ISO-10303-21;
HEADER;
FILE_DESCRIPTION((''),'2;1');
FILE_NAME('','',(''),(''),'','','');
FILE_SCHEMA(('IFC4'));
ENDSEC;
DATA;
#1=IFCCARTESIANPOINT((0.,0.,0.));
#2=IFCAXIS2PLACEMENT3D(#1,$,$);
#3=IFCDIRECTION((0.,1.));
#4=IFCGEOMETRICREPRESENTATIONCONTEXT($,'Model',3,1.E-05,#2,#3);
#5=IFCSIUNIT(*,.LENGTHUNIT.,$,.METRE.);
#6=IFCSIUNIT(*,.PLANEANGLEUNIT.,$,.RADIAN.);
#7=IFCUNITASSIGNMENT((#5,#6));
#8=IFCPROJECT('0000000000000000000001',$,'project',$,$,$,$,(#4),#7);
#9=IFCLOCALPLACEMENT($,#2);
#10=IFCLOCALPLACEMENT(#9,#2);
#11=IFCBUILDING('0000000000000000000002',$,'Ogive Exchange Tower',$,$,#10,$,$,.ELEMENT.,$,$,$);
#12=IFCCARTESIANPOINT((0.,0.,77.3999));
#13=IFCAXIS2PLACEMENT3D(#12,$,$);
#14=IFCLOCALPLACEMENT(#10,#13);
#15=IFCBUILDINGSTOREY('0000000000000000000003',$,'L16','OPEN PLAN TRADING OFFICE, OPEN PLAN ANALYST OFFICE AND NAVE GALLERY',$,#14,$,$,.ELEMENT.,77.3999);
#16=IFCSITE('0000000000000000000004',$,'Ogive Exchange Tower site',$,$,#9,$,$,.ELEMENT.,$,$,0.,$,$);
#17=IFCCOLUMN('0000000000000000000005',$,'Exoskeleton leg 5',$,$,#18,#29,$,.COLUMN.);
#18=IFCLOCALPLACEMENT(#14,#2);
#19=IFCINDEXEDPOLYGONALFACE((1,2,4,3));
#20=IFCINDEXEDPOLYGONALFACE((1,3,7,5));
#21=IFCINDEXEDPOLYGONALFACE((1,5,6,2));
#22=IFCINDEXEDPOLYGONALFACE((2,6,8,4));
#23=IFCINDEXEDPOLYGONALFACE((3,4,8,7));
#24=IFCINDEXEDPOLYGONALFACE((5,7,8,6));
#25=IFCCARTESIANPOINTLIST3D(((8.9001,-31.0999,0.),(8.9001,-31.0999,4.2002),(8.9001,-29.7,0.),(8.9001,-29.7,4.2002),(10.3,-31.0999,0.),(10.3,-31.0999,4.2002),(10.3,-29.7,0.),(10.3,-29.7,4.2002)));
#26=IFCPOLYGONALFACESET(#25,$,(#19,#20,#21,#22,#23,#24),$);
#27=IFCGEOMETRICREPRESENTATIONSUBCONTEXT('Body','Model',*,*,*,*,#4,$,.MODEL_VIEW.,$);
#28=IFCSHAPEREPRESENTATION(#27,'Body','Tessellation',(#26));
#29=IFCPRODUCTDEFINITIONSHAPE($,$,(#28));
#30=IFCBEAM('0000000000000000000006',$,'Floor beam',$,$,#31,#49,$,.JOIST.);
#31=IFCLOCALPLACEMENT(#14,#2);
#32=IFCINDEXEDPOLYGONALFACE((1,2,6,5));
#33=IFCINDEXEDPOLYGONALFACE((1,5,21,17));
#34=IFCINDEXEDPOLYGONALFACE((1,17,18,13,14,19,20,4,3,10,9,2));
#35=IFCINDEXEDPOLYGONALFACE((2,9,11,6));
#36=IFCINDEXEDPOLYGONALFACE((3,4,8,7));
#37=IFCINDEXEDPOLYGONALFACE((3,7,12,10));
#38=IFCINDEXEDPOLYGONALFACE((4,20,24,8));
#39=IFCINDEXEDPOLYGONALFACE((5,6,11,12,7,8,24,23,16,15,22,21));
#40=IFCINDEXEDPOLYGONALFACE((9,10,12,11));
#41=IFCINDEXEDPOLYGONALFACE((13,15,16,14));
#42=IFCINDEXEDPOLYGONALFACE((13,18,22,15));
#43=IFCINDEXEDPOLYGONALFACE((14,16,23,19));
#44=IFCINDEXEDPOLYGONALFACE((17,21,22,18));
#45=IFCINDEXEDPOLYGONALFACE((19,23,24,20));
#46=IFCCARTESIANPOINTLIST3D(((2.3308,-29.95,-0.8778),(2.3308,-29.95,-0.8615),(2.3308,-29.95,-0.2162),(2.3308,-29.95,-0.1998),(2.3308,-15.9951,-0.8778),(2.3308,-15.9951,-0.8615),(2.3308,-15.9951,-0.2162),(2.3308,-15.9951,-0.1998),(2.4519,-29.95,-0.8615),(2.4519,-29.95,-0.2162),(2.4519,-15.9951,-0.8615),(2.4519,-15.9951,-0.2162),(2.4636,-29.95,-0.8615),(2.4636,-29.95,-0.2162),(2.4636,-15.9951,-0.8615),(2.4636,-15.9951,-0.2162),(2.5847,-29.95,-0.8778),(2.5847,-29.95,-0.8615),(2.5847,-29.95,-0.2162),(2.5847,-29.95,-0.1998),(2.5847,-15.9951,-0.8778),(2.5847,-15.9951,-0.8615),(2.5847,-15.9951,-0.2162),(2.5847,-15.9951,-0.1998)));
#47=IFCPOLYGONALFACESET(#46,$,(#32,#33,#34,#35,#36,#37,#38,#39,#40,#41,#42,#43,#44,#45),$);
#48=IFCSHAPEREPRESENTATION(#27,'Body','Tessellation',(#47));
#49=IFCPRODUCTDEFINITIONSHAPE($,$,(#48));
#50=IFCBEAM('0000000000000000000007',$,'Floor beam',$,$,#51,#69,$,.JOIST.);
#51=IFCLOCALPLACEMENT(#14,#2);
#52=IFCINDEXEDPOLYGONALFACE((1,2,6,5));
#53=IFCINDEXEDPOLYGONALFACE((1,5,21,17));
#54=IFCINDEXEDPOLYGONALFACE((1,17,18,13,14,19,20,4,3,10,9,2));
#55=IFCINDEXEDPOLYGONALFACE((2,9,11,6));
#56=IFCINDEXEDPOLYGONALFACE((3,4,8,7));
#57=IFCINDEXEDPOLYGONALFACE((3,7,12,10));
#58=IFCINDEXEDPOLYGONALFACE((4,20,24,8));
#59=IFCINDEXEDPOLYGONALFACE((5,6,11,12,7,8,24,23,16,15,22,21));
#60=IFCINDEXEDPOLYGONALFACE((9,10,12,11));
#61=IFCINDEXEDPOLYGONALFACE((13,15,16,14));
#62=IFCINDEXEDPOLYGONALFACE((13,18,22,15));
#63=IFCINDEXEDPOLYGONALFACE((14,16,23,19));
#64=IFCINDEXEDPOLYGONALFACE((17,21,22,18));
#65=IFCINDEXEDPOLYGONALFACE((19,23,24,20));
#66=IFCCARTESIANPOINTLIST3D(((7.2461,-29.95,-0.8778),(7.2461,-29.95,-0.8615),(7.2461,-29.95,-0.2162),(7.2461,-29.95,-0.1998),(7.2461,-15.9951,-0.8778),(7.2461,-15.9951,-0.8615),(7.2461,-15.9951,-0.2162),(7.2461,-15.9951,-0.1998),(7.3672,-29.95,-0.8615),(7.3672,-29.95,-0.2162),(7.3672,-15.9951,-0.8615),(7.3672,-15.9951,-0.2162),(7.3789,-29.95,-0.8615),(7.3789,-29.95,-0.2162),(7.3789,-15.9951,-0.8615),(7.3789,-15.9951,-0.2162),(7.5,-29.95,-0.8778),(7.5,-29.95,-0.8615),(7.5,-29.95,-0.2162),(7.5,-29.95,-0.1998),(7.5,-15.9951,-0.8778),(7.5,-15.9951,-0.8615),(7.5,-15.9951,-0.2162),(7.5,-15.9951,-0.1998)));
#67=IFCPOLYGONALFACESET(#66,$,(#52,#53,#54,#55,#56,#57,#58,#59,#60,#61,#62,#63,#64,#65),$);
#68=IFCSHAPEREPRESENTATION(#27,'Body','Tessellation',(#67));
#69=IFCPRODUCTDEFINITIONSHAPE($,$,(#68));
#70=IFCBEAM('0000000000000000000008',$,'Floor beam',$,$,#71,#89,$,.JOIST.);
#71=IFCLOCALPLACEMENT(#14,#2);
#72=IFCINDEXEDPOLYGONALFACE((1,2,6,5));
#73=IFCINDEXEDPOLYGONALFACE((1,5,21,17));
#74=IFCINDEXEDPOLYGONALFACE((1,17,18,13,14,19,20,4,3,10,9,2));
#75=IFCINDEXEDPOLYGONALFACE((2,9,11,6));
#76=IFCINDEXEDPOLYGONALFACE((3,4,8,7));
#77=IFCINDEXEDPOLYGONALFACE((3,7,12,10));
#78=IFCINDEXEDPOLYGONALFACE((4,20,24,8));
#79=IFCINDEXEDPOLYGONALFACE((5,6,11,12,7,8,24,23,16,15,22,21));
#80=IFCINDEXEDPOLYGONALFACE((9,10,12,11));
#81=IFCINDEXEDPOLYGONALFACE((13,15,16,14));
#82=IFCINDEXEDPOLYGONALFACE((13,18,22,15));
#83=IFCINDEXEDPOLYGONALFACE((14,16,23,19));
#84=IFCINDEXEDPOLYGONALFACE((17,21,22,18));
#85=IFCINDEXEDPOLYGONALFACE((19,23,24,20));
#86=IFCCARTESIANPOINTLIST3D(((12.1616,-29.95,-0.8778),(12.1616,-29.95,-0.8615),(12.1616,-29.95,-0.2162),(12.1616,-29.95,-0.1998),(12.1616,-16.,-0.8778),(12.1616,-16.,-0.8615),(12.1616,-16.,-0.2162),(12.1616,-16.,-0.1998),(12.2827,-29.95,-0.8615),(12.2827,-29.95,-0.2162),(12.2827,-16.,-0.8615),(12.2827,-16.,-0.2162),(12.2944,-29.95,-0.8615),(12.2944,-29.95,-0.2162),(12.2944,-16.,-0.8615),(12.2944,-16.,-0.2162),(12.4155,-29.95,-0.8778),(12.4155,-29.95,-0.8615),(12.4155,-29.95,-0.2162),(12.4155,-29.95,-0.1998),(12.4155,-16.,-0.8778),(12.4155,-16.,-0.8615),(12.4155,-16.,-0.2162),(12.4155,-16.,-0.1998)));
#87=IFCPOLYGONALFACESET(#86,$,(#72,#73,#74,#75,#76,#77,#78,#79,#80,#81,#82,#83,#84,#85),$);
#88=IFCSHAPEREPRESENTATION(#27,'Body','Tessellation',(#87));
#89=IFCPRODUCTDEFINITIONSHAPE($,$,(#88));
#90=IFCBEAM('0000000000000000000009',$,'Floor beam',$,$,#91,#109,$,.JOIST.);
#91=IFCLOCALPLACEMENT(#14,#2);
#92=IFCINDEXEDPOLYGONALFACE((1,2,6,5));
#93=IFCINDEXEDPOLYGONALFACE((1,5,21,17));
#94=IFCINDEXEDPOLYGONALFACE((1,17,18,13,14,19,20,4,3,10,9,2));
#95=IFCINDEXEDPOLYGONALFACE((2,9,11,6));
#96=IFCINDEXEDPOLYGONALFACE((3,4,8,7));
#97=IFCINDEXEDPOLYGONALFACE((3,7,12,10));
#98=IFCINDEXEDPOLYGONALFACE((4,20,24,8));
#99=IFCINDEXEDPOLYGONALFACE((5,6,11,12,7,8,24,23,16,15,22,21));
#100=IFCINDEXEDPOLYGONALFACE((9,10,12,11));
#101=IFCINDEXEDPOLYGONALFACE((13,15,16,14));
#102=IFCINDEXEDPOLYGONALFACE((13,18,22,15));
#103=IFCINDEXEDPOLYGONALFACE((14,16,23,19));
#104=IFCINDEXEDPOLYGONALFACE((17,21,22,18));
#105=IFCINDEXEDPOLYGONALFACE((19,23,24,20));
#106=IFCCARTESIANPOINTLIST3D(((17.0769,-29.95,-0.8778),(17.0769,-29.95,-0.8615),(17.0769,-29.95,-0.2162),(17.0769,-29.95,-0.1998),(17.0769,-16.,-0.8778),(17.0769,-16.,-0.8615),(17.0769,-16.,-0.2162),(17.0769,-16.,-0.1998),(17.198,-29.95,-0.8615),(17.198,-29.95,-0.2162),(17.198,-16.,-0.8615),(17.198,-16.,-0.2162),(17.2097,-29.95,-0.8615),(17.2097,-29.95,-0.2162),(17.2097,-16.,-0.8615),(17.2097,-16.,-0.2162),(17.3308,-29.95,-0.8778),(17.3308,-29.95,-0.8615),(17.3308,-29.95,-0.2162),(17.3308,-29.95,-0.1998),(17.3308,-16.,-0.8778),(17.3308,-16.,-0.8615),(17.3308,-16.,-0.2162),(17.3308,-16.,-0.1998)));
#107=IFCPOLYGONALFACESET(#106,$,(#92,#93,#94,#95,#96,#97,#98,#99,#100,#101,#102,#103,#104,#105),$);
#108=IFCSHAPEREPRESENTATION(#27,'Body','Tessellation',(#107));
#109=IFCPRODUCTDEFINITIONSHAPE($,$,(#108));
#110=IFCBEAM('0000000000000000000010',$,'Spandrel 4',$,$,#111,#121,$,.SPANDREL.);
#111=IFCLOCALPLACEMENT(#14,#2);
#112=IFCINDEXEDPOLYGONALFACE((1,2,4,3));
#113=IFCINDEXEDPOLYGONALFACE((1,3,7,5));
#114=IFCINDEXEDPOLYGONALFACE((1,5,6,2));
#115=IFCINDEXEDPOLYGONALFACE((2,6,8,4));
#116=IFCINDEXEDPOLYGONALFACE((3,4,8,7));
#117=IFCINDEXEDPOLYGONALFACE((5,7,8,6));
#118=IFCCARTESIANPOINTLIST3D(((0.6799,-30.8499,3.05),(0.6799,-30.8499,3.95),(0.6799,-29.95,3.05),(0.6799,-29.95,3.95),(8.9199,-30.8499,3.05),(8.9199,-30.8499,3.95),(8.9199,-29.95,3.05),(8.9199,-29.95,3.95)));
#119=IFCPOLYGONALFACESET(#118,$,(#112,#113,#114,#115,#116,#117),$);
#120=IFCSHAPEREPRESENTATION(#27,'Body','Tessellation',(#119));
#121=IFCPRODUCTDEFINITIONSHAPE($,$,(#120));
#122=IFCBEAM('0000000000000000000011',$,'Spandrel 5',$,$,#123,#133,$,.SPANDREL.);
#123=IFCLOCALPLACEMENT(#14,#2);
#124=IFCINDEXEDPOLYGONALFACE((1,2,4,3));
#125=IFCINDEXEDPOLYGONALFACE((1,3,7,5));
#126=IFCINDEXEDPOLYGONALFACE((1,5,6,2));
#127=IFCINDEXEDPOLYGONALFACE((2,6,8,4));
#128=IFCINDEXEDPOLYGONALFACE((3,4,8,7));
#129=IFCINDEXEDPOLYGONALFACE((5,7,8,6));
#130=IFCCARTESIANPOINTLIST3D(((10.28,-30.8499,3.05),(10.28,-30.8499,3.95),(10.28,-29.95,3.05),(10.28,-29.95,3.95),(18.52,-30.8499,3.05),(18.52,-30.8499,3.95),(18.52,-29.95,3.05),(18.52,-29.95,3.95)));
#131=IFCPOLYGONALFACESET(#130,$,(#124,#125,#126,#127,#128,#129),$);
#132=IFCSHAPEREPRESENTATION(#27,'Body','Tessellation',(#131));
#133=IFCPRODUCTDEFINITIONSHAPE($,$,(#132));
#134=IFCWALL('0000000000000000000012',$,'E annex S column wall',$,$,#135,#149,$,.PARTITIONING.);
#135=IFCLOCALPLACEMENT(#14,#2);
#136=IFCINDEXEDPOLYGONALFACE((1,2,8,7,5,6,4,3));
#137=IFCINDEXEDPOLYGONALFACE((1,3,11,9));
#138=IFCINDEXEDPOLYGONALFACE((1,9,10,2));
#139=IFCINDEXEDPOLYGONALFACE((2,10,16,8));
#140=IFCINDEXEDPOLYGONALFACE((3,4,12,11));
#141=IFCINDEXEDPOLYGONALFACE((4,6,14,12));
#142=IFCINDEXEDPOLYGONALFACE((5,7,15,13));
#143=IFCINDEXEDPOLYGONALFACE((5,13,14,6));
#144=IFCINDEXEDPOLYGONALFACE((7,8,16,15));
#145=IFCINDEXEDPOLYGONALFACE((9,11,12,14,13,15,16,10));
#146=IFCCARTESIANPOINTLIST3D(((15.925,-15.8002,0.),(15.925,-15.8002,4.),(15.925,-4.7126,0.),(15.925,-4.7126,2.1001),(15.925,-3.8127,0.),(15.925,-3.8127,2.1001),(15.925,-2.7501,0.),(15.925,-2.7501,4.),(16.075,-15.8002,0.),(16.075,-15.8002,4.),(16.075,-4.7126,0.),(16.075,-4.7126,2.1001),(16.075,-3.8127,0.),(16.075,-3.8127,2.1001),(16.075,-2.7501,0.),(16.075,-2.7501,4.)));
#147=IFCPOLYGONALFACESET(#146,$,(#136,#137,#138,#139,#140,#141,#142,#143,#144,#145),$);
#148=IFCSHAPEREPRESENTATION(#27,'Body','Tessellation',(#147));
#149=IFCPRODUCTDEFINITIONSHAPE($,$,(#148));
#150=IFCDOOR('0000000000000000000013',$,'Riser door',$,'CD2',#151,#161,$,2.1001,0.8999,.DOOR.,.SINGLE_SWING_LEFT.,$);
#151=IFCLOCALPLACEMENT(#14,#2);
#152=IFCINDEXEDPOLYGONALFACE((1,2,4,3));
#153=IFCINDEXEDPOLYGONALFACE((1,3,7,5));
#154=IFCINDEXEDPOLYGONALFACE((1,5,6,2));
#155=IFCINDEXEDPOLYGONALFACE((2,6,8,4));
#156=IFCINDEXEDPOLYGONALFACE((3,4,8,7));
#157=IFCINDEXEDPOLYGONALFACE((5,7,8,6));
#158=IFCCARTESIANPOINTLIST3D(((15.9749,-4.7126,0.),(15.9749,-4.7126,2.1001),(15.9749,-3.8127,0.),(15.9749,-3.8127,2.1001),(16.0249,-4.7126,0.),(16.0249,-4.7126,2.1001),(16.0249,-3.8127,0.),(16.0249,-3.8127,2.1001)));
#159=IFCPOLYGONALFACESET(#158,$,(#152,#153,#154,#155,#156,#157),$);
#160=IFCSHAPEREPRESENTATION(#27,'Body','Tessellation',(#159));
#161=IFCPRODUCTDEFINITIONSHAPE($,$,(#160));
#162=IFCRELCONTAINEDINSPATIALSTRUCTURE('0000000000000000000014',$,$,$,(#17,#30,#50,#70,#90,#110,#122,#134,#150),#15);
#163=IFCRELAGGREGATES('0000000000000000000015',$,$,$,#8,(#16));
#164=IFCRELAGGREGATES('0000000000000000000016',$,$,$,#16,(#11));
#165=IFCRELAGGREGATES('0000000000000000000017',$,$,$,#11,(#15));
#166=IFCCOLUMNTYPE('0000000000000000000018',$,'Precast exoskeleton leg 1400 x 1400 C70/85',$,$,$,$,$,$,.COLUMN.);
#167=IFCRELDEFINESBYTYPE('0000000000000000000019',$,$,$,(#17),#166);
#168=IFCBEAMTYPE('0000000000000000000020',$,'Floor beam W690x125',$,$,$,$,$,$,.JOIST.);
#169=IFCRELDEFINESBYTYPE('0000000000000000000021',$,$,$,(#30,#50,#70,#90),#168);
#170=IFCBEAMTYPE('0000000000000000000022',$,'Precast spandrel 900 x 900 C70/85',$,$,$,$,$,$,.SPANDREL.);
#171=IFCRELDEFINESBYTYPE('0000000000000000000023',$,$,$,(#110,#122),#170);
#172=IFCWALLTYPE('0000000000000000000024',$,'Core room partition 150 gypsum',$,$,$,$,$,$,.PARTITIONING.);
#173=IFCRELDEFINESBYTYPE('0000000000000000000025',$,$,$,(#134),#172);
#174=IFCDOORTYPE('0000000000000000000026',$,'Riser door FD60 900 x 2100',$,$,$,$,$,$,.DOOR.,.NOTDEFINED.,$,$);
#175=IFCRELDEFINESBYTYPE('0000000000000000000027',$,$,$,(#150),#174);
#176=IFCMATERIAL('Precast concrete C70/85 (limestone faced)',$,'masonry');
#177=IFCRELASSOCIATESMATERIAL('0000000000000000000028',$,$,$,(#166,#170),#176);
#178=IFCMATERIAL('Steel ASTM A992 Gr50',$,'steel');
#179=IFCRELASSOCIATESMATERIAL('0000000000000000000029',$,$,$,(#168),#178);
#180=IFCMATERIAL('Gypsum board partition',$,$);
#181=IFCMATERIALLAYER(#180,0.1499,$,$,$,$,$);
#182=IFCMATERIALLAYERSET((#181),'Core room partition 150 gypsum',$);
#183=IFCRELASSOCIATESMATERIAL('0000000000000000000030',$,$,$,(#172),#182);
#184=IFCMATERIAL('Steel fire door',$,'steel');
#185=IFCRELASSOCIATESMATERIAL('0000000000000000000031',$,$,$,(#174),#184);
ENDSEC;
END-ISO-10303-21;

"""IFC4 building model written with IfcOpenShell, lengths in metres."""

from ifc_helpers import new_model, si_unit, direction, frame, frame_2d, origin, origin_2d, place, context, subcontext, project, spatial, rectangle, i_section, extrude, material, layer, layer_set, material_profile, profile_set, type_object, element, fill, save


model = new_model("IFC4")

# Units and contexts
model_context = context("Model", 3, precision=1e-05, world=origin(), true_north=direction((0.0, 1.0)))
body_context = subcontext(model_context, "Body", "Model", "MODEL_VIEW")
ifc_project = project(units=[si_unit("LENGTHUNIT", "METRE"), si_unit("PLANEANGLEUNIT", "RADIAN")], contexts=[model_context])

# Site, building, storey
site_placement = place(None, origin())
site = spatial("IfcSite", under=ifc_project, at=site_placement, Name="Ogive Exchange Tower site", CompositionType="ELEMENT", RefElevation=0.0)
building_placement = place(site_placement, origin())
building = spatial("IfcBuilding", under=site, at=building_placement, Name="Ogive Exchange Tower", CompositionType="ELEMENT")
storey_placement = place(building_placement, frame((0.0, 0.0, 77.3999)))
storey = spatial("IfcBuildingStorey", under=building, at=storey_placement, Name="L16", Description="OPEN PLAN TRADING OFFICE, OPEN PLAN ANALYST OFFICE AND NAVE GALLERY", CompositionType="ELEMENT", Elevation=77.3999)

# Column
ifc_material_1 = material(Name="Precast concrete C70/85 (limestone faced)", Category="masonry")
ifc_material_profile_1 = material_profile(ifc_material_1, rectangle(XDim=1.3999, YDim=1.3999, at=origin_2d()), Name="1400 x 1400")
ifc_profile_set_1 = profile_set([ifc_material_profile_1], Name="Precast concrete C70/85 (limestone faced)")
column_type = type_object("IfcColumnType", Name="Precast exoskeleton leg 1400 x 1400 C70/85", PredefinedType="COLUMN", material=ifc_profile_set_1)
column_placement = place(storey_placement, frame((9.6001, -30.3999, 0.0), z_axis=(0.0, 0.0, 1.0), x_axis=(1.0, 0.0, 0.0)))
element("IfcColumn", 1, at=column_placement, inside=storey, type_object=column_type, Name="Exoskeleton leg 5", PredefinedType="COLUMN", context=body_context, shape_type="SweptSolid", body=[
    extrude(rectangle(XDim=1.3999, YDim=1.3999, at=origin_2d()), origin(), (0.0, 0.0, 1.0), 4.2002),
])

# Beams
ifc_material_2 = material(Name="Steel ASTM A992 Gr50", Category="steel")
ifc_material_profile_2 = material_profile(ifc_material_2, i_section(OverallWidth=0.2539, OverallDepth=0.678, WebThickness=0.0117, FlangeThickness=0.0164, at=origin_2d()), Name="W690x125")
ifc_profile_set_2 = profile_set([ifc_material_profile_2], Name="Steel ASTM A992 Gr50")
beam_type_1 = type_object("IfcBeamType", Name="Floor beam W690x125", PredefinedType="JOIST", material=ifc_profile_set_2)
for number, where, z_axis, x_axis, name in (
    (2, (2.4578, -29.95, -0.5388), (0.0, 1.0, 0.0), (-1.0, 0.0, 0.0), "Floor beam"),
    (3, (7.373, -29.95, -0.5388), (0.0, 1.0, 0.0), (-1.0, 0.0, 0.0), "Floor beam"),
):
    element("IfcBeam", number, at=place(storey_placement, frame(where, z_axis=z_axis, x_axis=x_axis)), inside=storey, type_object=beam_type_1, Name=name, PredefinedType="JOIST", context=body_context, shape_type="SweptSolid", body=[
        extrude(i_section(OverallWidth=0.2539, OverallDepth=0.678, WebThickness=0.0117, FlangeThickness=0.0164, at=origin_2d()), origin(), (0.0, 0.0, 1.0), 13.9548),
    ])
for number, where, z_axis, x_axis, name in (
    (4, (12.2886, -29.95, -0.5388), (0.0, 1.0, 0.0), (-1.0, 0.0, 0.0), "Floor beam"),
    (5, (17.2039, -29.95, -0.5388), (0.0, 1.0, 0.0), (-1.0, 0.0, 0.0), "Floor beam"),
):
    element("IfcBeam", number, at=place(storey_placement, frame(where, z_axis=z_axis, x_axis=x_axis)), inside=storey, type_object=beam_type_1, Name=name, PredefinedType="JOIST", context=body_context, shape_type="SweptSolid", body=[
        extrude(i_section(OverallWidth=0.2539, OverallDepth=0.678, WebThickness=0.0117, FlangeThickness=0.0164, at=origin_2d()), origin(), (0.0, 0.0, 1.0), 13.95),
    ])
ifc_material_profile_3 = material_profile(ifc_material_1, rectangle(XDim=0.8999, YDim=0.8999, at=origin_2d()), Name="900 x 900")
ifc_profile_set_3 = profile_set([ifc_material_profile_3], Name="Precast concrete C70/85 (limestone faced)")
beam_type_2 = type_object("IfcBeamType", Name="Precast spandrel 900 x 900 C70/85", PredefinedType="SPANDREL", material=ifc_profile_set_3)
for number, where, z_axis, x_axis, name in (
    (6, (0.6799, -30.3999, 3.5), (1.0, 0.0, 0.0), (0.0, 1.0, 0.0), "Spandrel 4"),
    (7, (10.28, -30.3999, 3.5), (1.0, 0.0, 0.0), (0.0, 1.0, 0.0), "Spandrel 5"),
):
    element("IfcBeam", number, at=place(storey_placement, frame(where, z_axis=z_axis, x_axis=x_axis)), inside=storey, type_object=beam_type_2, Name=name, PredefinedType="SPANDREL", context=body_context, shape_type="SweptSolid", body=[
        extrude(rectangle(XDim=0.8999, YDim=0.8999, at=origin_2d()), origin(), (0.0, 0.0, 1.0), 8.24),
    ])

# Wall, opening, door
ifc_material_3 = material(Name="Gypsum board partition")
ifc_layer_1 = layer(ifc_material_3, 0.1499)
ifc_layer_set_1 = layer_set([ifc_layer_1], Name="Core room partition 150 gypsum")
wall_type_1 = type_object("IfcWallType", Name="Core room partition 150 gypsum", PredefinedType="PARTITIONING", material=ifc_layer_set_1)
wall_1_placement = place(storey_placement, frame((16.0, -15.8, 0.0), z_axis=(0.0, 0.0, 1.0), x_axis=(0.0, 1.0, 0.0)))
wall_1 = element("IfcWall", 8, at=wall_1_placement, inside=storey, type_object=wall_type_1, Name="E annex S column wall", PredefinedType="PARTITIONING", context=body_context, shape_type="SweptSolid", body=[
    extrude(rectangle(XDim=13.05, YDim=0.1499, at=frame_2d((6.5249, 0.0))), origin(), (0.0, 0.0, 1.0), 4.0),
])
opening_1_placement = place(wall_1_placement, frame((11.0874, 0.0, 0.0)))
opening_1 = element("IfcOpeningElement", 9, at=opening_1_placement, cuts=wall_1, PredefinedType="OPENING", context=body_context, shape_type="SweptSolid", body=[
    extrude(rectangle(XDim=0.8999, YDim=2.1001, at=frame_2d((0.45, 1.05))), frame((0.0, 0.085, 0.0), z_axis=(0.0, -1.0, 0.0), x_axis=(1.0, 0.0, 0.0)), (0.0, 0.0, 1.0), 0.1699),
])
ifc_material_4 = material(Name="Steel fire door", Category="steel")
door_type_1 = type_object("IfcDoorType", Name="Riser door FD60 900 x 2100", OperationType="NOTDEFINED", PredefinedType="DOOR", material=ifc_material_4)
door_1_placement = place(opening_1_placement, frame((0.8999, 0.0, 0.0), z_axis=(0.0, 0.0, 1.0), x_axis=(-1.0, 0.0, 0.0)))
door_1 = element("IfcDoor", 10, at=door_1_placement, inside=storey, type_object=door_type_1, Name="Riser door", ObjectType="CD2", OperationType="SINGLE_SWING_LEFT", OverallHeight=2.1001, OverallWidth=0.8999, PredefinedType="DOOR", context=body_context, shape_type="SweptSolid", body=[
    extrude(rectangle(XDim=0.8999, YDim=2.1001, at=frame_2d((0.45, 1.05))), frame((0.0, 0.0249, 0.0), z_axis=(0.0, -1.0, 0.0), x_axis=(1.0, 0.0, 0.0)), (0.0, 0.0, 1.0), 0.05),
])
fill(opening_1, door_1)

save(model, "model.ifc")
